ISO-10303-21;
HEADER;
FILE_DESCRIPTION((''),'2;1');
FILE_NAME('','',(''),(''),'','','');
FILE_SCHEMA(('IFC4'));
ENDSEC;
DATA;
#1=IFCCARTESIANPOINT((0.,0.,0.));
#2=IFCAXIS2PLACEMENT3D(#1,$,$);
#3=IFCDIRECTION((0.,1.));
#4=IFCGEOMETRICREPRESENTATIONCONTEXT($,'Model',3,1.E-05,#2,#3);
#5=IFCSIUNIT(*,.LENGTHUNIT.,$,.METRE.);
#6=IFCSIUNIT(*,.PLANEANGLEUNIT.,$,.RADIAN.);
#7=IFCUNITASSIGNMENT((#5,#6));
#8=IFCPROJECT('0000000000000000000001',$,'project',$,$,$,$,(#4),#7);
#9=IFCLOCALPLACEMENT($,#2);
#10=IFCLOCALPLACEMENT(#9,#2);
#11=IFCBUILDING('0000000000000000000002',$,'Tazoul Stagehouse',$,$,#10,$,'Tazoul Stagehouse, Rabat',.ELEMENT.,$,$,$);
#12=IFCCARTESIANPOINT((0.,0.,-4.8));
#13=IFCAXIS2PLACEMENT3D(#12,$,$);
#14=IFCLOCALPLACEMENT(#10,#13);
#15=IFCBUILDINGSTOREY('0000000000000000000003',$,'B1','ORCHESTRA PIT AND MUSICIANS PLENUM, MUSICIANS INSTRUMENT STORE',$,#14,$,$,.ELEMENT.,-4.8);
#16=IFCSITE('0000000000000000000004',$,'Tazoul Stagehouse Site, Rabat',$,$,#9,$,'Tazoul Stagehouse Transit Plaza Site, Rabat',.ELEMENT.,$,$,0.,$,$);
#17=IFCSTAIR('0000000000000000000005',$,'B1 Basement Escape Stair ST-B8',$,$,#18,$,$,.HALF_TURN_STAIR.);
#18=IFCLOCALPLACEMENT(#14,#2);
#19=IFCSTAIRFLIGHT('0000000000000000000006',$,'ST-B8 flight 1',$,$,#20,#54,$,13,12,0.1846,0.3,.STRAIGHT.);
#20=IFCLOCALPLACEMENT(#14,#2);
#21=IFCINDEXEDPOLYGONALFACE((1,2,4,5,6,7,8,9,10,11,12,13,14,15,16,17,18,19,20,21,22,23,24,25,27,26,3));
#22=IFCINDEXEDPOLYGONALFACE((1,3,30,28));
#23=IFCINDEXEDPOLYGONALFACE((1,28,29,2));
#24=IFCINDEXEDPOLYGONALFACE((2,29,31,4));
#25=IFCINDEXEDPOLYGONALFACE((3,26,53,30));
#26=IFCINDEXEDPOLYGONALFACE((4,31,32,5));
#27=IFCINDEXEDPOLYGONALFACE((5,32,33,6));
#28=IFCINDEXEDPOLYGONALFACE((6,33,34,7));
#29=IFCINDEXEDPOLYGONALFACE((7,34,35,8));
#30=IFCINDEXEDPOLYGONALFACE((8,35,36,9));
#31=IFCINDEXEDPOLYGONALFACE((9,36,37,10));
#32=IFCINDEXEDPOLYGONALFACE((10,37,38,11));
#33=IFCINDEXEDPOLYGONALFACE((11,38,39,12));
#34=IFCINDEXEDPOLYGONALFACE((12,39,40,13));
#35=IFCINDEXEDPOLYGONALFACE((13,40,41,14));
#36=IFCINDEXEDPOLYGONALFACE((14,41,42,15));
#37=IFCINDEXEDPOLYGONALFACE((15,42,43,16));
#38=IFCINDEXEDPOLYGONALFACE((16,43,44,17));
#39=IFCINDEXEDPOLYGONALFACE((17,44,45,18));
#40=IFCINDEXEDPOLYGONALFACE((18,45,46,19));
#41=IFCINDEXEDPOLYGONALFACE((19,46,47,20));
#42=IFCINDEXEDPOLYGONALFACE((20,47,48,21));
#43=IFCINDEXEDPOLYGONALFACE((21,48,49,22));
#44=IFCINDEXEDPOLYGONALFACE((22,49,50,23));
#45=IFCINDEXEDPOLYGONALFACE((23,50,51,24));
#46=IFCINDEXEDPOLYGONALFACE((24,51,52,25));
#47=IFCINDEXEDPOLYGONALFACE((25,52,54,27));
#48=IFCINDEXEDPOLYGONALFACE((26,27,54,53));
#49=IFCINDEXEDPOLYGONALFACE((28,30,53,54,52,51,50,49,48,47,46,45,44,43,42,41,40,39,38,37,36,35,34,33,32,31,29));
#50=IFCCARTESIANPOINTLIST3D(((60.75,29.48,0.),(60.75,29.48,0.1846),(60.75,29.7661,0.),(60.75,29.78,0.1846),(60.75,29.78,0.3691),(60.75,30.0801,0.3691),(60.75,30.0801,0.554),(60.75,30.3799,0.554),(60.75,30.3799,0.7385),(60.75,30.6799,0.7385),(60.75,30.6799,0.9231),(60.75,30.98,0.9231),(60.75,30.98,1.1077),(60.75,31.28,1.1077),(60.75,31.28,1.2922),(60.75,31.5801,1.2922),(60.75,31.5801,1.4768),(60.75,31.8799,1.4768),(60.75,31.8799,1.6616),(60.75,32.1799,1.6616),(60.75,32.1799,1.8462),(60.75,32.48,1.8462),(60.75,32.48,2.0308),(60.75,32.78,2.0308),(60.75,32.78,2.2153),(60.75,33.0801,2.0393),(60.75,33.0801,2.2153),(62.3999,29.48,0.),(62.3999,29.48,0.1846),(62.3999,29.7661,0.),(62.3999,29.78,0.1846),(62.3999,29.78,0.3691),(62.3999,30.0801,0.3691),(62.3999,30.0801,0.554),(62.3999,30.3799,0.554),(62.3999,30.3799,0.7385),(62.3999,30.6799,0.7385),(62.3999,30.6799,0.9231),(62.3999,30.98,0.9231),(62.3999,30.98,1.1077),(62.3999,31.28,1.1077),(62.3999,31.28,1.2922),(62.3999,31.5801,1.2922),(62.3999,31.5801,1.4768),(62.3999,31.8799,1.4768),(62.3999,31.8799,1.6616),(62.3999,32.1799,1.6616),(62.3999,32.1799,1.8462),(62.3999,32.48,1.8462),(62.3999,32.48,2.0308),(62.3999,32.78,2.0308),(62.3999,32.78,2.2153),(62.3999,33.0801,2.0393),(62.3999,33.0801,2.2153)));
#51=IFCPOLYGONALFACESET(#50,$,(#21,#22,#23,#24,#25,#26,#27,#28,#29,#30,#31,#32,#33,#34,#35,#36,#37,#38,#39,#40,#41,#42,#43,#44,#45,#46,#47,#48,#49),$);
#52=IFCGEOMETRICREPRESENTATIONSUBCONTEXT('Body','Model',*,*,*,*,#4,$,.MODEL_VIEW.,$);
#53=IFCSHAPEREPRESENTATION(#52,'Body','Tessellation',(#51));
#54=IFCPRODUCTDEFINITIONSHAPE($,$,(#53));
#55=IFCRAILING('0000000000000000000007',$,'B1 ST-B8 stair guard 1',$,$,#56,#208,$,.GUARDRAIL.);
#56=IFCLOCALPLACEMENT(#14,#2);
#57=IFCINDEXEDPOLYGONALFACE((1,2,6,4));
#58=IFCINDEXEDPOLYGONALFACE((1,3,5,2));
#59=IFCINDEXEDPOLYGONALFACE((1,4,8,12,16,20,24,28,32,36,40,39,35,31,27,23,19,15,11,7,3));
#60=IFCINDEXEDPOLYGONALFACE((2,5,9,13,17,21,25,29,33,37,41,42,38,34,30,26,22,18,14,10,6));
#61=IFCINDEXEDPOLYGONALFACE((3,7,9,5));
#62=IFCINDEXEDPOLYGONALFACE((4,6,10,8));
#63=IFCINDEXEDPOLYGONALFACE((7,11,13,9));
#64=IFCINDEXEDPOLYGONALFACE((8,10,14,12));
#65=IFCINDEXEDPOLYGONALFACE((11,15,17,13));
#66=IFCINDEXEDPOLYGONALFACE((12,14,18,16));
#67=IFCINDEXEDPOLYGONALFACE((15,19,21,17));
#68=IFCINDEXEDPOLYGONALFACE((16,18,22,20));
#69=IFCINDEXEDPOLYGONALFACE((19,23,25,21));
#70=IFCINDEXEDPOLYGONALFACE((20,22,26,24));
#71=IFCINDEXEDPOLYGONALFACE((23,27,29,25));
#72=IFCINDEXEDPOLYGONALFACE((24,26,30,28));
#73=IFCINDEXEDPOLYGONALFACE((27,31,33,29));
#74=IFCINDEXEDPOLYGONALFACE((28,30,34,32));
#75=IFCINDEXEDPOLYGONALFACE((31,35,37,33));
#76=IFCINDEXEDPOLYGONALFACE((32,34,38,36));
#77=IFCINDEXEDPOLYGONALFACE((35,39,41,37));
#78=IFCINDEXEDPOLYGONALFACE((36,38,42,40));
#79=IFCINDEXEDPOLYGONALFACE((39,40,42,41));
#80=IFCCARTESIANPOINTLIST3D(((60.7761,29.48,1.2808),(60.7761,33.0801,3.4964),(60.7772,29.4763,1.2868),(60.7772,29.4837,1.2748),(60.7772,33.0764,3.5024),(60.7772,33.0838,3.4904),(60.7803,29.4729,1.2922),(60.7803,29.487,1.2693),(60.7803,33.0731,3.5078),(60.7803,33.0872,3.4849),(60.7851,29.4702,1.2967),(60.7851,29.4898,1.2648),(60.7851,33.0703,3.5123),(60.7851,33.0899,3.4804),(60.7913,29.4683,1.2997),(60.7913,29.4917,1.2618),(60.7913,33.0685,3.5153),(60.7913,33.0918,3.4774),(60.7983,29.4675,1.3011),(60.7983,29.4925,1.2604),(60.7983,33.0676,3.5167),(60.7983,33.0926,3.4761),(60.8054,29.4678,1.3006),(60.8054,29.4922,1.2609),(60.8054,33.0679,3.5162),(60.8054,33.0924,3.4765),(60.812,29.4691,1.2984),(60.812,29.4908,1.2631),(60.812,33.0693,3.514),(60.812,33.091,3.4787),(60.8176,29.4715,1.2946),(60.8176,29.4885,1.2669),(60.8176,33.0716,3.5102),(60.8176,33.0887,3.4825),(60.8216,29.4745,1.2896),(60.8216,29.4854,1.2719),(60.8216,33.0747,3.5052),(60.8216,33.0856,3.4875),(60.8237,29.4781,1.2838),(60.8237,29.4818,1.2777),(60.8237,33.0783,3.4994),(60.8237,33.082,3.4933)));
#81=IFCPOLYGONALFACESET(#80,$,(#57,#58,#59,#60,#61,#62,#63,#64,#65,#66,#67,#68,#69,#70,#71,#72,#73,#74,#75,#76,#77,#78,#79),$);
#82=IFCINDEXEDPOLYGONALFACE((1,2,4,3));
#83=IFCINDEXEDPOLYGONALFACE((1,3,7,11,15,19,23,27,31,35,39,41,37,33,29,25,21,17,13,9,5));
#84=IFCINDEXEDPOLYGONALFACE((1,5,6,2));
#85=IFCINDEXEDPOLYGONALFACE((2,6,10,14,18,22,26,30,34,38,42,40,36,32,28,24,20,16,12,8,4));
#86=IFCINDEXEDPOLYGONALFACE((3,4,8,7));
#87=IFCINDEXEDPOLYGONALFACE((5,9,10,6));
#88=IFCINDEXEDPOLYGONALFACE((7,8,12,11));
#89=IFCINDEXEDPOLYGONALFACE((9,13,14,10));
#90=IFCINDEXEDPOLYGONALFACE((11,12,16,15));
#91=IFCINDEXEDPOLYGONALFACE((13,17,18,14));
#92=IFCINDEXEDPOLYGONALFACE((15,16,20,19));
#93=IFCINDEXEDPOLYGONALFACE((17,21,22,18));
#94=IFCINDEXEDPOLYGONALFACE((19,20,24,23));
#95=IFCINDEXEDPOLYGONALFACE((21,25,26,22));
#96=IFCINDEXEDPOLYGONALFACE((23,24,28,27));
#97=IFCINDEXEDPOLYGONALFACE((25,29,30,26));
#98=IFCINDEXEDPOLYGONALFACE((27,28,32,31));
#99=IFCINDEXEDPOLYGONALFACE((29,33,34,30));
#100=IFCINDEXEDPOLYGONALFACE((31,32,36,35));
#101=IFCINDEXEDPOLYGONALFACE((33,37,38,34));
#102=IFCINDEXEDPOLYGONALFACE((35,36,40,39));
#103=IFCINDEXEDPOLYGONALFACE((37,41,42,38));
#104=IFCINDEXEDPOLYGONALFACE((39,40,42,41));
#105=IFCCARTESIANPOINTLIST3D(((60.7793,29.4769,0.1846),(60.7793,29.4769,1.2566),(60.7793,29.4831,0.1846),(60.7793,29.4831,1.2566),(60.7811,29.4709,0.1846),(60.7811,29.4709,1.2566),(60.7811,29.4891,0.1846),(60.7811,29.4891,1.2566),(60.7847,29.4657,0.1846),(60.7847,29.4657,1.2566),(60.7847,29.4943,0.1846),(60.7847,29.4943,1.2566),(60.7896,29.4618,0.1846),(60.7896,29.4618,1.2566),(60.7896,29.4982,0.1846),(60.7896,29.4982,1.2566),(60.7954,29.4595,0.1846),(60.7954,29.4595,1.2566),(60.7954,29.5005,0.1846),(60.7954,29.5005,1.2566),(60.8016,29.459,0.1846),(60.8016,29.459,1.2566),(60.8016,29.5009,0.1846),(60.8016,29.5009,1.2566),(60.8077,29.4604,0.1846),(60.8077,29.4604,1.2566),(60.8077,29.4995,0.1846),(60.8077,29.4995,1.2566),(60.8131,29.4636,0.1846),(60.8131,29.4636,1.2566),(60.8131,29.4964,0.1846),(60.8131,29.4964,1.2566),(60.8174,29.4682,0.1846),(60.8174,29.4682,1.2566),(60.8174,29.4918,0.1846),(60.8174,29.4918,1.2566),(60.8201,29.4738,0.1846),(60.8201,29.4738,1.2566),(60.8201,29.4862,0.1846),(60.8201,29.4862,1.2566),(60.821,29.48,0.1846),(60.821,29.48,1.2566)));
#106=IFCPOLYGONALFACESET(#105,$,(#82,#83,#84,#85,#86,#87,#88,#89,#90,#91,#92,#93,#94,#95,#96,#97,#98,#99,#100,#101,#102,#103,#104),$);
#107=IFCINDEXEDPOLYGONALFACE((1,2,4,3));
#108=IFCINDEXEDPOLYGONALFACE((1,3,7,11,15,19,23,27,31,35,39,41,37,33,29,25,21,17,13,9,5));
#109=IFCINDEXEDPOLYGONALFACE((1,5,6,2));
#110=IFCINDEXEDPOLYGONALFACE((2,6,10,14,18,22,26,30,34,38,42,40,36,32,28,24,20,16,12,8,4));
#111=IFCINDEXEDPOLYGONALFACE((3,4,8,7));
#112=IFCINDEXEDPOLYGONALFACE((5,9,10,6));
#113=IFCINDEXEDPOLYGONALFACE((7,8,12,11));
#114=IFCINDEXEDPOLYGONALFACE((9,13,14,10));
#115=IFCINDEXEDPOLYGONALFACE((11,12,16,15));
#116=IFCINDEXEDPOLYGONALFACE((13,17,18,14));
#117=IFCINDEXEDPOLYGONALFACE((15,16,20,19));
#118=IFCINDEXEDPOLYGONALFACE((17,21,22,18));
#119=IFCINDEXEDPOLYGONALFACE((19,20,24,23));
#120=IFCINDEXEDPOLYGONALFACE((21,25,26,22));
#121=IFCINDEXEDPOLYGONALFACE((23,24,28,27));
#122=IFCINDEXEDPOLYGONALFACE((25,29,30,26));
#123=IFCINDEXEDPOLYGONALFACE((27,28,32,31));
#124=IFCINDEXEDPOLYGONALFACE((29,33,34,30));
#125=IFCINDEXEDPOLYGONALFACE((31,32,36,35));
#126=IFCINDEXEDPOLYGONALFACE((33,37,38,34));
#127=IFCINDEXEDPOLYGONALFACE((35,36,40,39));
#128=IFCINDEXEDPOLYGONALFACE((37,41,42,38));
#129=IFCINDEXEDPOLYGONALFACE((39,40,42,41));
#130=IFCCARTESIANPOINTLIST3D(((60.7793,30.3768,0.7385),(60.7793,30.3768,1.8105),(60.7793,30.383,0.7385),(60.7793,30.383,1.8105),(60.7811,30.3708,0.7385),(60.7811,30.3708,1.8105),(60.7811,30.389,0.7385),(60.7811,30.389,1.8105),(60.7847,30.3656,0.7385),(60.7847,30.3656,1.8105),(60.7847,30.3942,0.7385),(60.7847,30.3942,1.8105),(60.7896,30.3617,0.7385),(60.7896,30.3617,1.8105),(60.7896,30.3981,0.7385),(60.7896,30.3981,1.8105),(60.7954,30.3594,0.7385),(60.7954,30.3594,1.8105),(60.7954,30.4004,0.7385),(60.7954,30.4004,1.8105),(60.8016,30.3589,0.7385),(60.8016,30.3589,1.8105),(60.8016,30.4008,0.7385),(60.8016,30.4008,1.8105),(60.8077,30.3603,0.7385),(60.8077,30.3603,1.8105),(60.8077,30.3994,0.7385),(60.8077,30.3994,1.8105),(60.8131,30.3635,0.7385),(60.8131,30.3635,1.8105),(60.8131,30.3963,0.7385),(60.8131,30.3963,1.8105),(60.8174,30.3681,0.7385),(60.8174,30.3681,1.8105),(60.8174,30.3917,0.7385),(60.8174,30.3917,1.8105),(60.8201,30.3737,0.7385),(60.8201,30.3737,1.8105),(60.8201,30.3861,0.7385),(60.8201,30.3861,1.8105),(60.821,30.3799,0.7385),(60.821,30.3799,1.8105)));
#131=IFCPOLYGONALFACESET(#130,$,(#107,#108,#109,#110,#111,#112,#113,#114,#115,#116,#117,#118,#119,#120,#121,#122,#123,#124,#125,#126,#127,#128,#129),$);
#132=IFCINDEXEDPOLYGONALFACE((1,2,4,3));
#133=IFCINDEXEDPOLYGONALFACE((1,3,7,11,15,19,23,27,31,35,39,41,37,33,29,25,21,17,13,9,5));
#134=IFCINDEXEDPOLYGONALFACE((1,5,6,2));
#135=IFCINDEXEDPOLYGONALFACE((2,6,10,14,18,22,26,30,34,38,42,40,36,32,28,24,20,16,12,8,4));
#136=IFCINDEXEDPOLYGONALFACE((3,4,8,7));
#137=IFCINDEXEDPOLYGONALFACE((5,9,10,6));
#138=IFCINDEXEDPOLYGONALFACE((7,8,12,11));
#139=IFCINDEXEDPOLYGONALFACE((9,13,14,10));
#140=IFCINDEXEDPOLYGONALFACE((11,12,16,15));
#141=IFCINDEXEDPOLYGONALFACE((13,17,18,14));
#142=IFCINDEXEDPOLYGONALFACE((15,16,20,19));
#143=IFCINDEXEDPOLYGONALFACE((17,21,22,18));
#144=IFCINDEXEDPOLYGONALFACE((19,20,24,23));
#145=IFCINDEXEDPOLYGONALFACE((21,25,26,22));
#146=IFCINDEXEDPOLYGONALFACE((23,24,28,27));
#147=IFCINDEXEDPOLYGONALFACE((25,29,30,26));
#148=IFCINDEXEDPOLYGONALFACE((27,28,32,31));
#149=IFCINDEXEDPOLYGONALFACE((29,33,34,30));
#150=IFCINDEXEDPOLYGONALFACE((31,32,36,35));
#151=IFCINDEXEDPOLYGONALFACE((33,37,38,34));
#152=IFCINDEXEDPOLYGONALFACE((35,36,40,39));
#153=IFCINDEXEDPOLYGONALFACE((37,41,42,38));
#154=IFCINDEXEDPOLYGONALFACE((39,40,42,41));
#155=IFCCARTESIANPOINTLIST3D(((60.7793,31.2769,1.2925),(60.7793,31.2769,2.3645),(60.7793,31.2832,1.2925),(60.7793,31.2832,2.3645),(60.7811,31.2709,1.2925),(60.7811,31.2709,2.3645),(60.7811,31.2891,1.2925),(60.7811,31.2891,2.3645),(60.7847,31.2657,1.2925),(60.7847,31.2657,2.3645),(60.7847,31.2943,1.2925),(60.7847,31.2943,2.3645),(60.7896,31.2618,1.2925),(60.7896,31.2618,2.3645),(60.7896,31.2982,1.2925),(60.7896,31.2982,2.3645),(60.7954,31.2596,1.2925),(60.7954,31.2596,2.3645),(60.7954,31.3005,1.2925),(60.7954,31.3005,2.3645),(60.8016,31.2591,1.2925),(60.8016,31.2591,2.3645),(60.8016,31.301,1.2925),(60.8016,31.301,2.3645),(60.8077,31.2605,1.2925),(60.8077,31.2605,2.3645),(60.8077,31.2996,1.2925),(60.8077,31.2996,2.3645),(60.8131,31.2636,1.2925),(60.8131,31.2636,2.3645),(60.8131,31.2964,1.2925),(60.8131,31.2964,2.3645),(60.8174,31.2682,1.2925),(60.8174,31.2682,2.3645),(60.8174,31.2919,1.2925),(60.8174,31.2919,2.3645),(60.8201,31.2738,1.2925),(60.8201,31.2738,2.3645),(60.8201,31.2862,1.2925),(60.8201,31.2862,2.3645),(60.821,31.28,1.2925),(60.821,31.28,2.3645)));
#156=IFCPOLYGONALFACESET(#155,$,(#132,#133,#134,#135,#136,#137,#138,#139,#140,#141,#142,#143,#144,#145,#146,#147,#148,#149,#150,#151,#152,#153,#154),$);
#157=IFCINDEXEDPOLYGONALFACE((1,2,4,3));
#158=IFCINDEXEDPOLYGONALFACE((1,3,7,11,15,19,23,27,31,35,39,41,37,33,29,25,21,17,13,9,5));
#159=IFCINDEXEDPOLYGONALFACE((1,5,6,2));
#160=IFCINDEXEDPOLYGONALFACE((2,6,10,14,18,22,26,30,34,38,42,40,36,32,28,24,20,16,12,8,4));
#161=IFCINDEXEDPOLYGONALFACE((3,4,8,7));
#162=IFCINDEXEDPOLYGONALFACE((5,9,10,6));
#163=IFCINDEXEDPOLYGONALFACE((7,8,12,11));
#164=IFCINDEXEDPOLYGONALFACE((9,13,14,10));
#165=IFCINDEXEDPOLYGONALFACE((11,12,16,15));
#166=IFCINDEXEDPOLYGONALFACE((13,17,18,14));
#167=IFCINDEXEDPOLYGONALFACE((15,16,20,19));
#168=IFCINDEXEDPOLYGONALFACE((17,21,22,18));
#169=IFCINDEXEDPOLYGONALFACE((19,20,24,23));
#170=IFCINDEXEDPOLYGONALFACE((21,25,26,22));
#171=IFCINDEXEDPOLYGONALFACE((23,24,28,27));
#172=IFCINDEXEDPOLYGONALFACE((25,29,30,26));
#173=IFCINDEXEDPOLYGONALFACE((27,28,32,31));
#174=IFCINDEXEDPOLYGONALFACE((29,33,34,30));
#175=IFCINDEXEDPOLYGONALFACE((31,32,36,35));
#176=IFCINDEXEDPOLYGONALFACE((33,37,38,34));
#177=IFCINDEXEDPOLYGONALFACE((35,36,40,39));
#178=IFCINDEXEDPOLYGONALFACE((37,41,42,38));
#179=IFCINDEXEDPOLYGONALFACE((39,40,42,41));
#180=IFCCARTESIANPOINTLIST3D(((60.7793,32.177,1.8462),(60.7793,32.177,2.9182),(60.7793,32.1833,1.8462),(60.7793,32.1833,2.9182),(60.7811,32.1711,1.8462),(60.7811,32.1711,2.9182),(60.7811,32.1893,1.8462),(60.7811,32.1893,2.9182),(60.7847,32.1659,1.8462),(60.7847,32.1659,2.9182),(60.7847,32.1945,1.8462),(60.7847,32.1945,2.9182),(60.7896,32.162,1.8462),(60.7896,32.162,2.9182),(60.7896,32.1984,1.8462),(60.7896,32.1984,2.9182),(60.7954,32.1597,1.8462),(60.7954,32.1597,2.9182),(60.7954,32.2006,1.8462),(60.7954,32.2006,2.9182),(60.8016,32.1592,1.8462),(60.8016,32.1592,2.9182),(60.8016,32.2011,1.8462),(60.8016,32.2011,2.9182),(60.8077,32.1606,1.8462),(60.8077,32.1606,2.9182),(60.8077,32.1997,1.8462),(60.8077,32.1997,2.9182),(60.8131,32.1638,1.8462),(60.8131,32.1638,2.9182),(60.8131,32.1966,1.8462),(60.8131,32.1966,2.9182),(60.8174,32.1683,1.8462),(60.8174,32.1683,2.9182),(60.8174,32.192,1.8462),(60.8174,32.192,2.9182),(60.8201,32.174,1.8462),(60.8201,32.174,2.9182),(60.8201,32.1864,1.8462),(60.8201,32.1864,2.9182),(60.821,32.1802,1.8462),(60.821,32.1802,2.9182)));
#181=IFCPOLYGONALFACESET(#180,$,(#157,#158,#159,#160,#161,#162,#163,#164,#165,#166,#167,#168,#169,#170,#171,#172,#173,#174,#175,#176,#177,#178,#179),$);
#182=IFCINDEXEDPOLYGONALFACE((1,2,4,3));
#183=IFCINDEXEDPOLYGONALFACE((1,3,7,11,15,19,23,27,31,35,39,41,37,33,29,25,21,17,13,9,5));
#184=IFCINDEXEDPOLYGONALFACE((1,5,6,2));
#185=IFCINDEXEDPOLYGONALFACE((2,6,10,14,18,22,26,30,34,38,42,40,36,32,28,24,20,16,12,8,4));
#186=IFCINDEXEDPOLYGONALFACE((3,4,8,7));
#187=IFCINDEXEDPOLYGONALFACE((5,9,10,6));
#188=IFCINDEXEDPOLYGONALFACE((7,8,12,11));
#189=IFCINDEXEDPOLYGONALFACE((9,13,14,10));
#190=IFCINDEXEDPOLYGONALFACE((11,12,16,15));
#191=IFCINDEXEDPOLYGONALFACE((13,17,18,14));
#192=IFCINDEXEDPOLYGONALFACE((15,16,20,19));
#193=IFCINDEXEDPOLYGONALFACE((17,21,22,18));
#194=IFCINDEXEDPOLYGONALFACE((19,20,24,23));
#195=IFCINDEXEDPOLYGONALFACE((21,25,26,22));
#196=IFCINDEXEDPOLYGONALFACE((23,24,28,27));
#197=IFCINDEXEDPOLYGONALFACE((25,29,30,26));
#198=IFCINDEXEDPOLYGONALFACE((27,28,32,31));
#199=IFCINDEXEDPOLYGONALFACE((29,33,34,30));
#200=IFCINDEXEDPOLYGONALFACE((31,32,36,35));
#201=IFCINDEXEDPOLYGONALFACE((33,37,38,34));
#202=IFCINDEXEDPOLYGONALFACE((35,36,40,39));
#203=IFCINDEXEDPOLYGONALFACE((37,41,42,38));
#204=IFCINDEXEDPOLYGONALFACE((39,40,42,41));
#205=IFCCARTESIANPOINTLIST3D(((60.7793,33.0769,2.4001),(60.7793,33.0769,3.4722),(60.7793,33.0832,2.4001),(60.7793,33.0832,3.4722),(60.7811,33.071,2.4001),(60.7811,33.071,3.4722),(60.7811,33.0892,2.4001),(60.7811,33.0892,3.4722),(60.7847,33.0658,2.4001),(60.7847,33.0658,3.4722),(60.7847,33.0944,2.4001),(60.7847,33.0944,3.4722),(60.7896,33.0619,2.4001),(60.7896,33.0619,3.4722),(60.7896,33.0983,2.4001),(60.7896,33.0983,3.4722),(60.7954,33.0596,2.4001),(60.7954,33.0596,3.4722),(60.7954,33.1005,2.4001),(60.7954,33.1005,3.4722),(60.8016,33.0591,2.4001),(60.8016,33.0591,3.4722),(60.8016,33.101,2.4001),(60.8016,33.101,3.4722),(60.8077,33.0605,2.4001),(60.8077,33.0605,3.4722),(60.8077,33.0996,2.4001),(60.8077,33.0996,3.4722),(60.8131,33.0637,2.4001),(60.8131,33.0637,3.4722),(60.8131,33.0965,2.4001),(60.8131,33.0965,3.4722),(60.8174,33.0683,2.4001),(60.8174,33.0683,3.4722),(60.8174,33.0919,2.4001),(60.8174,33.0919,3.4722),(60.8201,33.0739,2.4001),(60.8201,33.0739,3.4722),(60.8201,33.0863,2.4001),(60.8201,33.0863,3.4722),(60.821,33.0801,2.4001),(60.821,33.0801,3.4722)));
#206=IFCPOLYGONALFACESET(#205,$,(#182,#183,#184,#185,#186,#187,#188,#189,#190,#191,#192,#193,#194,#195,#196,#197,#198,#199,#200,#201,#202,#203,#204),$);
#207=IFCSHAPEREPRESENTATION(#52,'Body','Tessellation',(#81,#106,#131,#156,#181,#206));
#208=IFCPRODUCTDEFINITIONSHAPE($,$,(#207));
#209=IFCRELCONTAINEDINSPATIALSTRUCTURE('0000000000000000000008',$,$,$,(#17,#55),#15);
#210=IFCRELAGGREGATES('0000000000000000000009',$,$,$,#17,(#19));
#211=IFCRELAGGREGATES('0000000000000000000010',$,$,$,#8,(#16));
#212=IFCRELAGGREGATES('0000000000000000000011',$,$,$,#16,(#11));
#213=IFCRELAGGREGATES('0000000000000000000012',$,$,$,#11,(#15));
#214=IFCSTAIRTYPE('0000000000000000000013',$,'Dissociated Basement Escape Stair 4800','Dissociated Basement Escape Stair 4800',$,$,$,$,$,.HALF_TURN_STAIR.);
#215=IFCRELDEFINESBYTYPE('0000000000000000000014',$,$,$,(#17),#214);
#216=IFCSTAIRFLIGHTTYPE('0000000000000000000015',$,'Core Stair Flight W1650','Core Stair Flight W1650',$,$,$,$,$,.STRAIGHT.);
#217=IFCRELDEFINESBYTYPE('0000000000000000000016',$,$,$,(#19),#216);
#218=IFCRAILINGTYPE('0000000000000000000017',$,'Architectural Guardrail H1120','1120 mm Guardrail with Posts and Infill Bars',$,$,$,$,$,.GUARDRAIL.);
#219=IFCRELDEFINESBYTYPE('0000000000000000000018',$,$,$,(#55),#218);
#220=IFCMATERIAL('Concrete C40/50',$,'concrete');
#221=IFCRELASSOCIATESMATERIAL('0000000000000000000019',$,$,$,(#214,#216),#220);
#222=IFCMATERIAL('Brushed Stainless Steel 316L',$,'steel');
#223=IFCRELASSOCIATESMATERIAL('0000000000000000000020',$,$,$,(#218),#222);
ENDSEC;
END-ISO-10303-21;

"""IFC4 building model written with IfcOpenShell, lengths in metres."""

from ifc_helpers import new_model, si_unit, direction, frame, origin, origin_2d, place, context, subcontext, project, spatial, polyline, circle, outline, extrude, material, material_profile, profile_set, type_object, element, aggregate, save


model = new_model("IFC4")

# Units and contexts
model_context = context("Model", 3, precision=1e-05, world=origin(), true_north=direction((0.0, 1.0)))
body_context = subcontext(model_context, "Body", "Model", "MODEL_VIEW")
ifc_project = project(units=[si_unit("LENGTHUNIT", "METRE"), si_unit("PLANEANGLEUNIT", "RADIAN")], contexts=[model_context])

# Site, building, storey
site_placement = place(None, origin())
site = spatial("IfcSite", under=ifc_project, at=site_placement, Name="Tazoul Stagehouse Site, Rabat", LongName="Tazoul Stagehouse Transit Plaza Site, Rabat", CompositionType="ELEMENT", RefElevation=0.0)
building_placement = place(site_placement, origin())
building = spatial("IfcBuilding", under=site, at=building_placement, Name="Tazoul Stagehouse", LongName="Tazoul Stagehouse, Rabat", CompositionType="ELEMENT")
storey_placement = place(building_placement, frame((0.0, 0.0, -4.8)))
storey = spatial("IfcBuildingStorey", under=building, at=storey_placement, Name="B1", Description="ORCHESTRA PIT AND MUSICIANS PLENUM, MUSICIANS INSTRUMENT STORE", CompositionType="ELEMENT", Elevation=-4.8)

# Shared definitions
ifc_material_1 = material(Name="Concrete C40/50", Category="concrete")

# Stair, stair flight
stair_type = type_object("IfcStairType", Name="Dissociated Basement Escape Stair 4800", Description="Dissociated Basement Escape Stair 4800", PredefinedType="HALF_TURN_STAIR", material=ifc_material_1)
stair_placement = place(storey_placement, origin())
stair = element("IfcStair", 1, at=stair_placement, inside=storey, type_object=stair_type, Name="B1 Basement Escape Stair ST-B8", PredefinedType="HALF_TURN_STAIR")
stair_flight_type = type_object("IfcStairFlightType", Name="Core Stair Flight W1650", Description="Core Stair Flight W1650", PredefinedType="STRAIGHT", material=ifc_material_1)
stair_flight_placement = place(storey_placement, frame((61.575, 29.48, 0.0), z_axis=(0.0, 0.0, 1.0), x_axis=(0.0, 1.0, 0.0)))
stair_flight = element("IfcStairFlight", 2, at=stair_flight_placement, type_object=stair_flight_type, Name="ST-B8 flight 1", NumberOfRisers=13, NumberOfTreads=12, PredefinedType="STRAIGHT", RiserHeight=0.1846, TreadLength=0.3, context=body_context, shape_type="SweptSolid", body=[
    extrude(outline(polyline([(0.0, 0.0), (0.0, 0.1846), (0.3, 0.1846), (0.3, 0.3691), (0.6001, 0.3691), (0.6001, 0.554), (0.8999, 0.554), (0.8999, 0.7385), (1.2, 0.7385), (1.2, 0.9231), (1.5, 0.9231), (1.5, 1.1077), (1.8, 1.1077), (1.8, 1.2922), (2.1001, 1.2922), (2.1001, 1.4768), (2.3999, 1.4768), (2.3999, 1.6616), (2.7, 1.6616), (2.7, 1.8462), (3.0, 1.8462), (3.0, 2.0308), (3.3, 2.0308), (3.3, 2.2153), (3.6001, 2.2153), (3.6001, 2.3999), (3.6001, 2.0393), (0.2861, 0.0), (0.0, 0.0)])), frame((0.0, 0.825, 0.0), z_axis=(0.0, -1.0, 0.0), x_axis=(1.0, 0.0, 0.0)), (0.0, 0.0, 1.0), 1.6499),
])
aggregate(stair, [stair_flight])

# Railing
ifc_material_2 = material(Name="Brushed Stainless Steel 316L", Category="steel")
ifc_material_profile_1 = material_profile(ifc_material_2, circle(Radius=0.0239, at=origin_2d()), Name="SS RAIL D48")
ifc_profile_set_1 = profile_set([ifc_material_profile_1], Name="Brushed Stainless Steel 316L")
railing_type_1 = type_object("IfcRailingType", Name="Architectural Guardrail H1120", Description="1120 mm Guardrail with Posts and Infill Bars", PredefinedType="GUARDRAIL", material=ifc_profile_set_1)
railing_1_placement = place(storey_placement, frame((60.8, 29.48, 0.1846)))
element("IfcRailing", 3, at=railing_1_placement, inside=storey, type_object=railing_type_1, Name="B1 ST-B8 stair guard 1", PredefinedType="GUARDRAIL", context=body_context, shape_type="SweptSolid", body=[
    extrude(circle(Radius=0.0239, at=origin_2d()), frame((0.0, 0.0, 1.0962), z_axis=(0.0, 0.851644, 0.52412), x_axis=(-1.0, 0.0, 0.0)), (0.0, 0.0, 1.0), 4.2273),
    extrude(circle(Radius=0.021, at=origin_2d()), origin(), (0.0, 0.0, 1.0), 1.072),
    extrude(circle(Radius=0.021, at=origin_2d()), frame((0.0, 0.8999, 0.554)), (0.0, 0.0, 1.0), 1.072),
    extrude(circle(Radius=0.021, at=origin_2d()), frame((0.0, 1.8, 1.1079)), (0.0, 0.0, 1.0), 1.072),
    extrude(circle(Radius=0.021, at=origin_2d()), frame((0.0, 2.7002, 1.6616)), (0.0, 0.0, 1.0), 1.072),
    extrude(circle(Radius=0.021, at=origin_2d()), frame((0.0, 3.6001, 2.2156)), (0.0, 0.0, 1.0), 1.072),
])

save(model, "model.ifc")
